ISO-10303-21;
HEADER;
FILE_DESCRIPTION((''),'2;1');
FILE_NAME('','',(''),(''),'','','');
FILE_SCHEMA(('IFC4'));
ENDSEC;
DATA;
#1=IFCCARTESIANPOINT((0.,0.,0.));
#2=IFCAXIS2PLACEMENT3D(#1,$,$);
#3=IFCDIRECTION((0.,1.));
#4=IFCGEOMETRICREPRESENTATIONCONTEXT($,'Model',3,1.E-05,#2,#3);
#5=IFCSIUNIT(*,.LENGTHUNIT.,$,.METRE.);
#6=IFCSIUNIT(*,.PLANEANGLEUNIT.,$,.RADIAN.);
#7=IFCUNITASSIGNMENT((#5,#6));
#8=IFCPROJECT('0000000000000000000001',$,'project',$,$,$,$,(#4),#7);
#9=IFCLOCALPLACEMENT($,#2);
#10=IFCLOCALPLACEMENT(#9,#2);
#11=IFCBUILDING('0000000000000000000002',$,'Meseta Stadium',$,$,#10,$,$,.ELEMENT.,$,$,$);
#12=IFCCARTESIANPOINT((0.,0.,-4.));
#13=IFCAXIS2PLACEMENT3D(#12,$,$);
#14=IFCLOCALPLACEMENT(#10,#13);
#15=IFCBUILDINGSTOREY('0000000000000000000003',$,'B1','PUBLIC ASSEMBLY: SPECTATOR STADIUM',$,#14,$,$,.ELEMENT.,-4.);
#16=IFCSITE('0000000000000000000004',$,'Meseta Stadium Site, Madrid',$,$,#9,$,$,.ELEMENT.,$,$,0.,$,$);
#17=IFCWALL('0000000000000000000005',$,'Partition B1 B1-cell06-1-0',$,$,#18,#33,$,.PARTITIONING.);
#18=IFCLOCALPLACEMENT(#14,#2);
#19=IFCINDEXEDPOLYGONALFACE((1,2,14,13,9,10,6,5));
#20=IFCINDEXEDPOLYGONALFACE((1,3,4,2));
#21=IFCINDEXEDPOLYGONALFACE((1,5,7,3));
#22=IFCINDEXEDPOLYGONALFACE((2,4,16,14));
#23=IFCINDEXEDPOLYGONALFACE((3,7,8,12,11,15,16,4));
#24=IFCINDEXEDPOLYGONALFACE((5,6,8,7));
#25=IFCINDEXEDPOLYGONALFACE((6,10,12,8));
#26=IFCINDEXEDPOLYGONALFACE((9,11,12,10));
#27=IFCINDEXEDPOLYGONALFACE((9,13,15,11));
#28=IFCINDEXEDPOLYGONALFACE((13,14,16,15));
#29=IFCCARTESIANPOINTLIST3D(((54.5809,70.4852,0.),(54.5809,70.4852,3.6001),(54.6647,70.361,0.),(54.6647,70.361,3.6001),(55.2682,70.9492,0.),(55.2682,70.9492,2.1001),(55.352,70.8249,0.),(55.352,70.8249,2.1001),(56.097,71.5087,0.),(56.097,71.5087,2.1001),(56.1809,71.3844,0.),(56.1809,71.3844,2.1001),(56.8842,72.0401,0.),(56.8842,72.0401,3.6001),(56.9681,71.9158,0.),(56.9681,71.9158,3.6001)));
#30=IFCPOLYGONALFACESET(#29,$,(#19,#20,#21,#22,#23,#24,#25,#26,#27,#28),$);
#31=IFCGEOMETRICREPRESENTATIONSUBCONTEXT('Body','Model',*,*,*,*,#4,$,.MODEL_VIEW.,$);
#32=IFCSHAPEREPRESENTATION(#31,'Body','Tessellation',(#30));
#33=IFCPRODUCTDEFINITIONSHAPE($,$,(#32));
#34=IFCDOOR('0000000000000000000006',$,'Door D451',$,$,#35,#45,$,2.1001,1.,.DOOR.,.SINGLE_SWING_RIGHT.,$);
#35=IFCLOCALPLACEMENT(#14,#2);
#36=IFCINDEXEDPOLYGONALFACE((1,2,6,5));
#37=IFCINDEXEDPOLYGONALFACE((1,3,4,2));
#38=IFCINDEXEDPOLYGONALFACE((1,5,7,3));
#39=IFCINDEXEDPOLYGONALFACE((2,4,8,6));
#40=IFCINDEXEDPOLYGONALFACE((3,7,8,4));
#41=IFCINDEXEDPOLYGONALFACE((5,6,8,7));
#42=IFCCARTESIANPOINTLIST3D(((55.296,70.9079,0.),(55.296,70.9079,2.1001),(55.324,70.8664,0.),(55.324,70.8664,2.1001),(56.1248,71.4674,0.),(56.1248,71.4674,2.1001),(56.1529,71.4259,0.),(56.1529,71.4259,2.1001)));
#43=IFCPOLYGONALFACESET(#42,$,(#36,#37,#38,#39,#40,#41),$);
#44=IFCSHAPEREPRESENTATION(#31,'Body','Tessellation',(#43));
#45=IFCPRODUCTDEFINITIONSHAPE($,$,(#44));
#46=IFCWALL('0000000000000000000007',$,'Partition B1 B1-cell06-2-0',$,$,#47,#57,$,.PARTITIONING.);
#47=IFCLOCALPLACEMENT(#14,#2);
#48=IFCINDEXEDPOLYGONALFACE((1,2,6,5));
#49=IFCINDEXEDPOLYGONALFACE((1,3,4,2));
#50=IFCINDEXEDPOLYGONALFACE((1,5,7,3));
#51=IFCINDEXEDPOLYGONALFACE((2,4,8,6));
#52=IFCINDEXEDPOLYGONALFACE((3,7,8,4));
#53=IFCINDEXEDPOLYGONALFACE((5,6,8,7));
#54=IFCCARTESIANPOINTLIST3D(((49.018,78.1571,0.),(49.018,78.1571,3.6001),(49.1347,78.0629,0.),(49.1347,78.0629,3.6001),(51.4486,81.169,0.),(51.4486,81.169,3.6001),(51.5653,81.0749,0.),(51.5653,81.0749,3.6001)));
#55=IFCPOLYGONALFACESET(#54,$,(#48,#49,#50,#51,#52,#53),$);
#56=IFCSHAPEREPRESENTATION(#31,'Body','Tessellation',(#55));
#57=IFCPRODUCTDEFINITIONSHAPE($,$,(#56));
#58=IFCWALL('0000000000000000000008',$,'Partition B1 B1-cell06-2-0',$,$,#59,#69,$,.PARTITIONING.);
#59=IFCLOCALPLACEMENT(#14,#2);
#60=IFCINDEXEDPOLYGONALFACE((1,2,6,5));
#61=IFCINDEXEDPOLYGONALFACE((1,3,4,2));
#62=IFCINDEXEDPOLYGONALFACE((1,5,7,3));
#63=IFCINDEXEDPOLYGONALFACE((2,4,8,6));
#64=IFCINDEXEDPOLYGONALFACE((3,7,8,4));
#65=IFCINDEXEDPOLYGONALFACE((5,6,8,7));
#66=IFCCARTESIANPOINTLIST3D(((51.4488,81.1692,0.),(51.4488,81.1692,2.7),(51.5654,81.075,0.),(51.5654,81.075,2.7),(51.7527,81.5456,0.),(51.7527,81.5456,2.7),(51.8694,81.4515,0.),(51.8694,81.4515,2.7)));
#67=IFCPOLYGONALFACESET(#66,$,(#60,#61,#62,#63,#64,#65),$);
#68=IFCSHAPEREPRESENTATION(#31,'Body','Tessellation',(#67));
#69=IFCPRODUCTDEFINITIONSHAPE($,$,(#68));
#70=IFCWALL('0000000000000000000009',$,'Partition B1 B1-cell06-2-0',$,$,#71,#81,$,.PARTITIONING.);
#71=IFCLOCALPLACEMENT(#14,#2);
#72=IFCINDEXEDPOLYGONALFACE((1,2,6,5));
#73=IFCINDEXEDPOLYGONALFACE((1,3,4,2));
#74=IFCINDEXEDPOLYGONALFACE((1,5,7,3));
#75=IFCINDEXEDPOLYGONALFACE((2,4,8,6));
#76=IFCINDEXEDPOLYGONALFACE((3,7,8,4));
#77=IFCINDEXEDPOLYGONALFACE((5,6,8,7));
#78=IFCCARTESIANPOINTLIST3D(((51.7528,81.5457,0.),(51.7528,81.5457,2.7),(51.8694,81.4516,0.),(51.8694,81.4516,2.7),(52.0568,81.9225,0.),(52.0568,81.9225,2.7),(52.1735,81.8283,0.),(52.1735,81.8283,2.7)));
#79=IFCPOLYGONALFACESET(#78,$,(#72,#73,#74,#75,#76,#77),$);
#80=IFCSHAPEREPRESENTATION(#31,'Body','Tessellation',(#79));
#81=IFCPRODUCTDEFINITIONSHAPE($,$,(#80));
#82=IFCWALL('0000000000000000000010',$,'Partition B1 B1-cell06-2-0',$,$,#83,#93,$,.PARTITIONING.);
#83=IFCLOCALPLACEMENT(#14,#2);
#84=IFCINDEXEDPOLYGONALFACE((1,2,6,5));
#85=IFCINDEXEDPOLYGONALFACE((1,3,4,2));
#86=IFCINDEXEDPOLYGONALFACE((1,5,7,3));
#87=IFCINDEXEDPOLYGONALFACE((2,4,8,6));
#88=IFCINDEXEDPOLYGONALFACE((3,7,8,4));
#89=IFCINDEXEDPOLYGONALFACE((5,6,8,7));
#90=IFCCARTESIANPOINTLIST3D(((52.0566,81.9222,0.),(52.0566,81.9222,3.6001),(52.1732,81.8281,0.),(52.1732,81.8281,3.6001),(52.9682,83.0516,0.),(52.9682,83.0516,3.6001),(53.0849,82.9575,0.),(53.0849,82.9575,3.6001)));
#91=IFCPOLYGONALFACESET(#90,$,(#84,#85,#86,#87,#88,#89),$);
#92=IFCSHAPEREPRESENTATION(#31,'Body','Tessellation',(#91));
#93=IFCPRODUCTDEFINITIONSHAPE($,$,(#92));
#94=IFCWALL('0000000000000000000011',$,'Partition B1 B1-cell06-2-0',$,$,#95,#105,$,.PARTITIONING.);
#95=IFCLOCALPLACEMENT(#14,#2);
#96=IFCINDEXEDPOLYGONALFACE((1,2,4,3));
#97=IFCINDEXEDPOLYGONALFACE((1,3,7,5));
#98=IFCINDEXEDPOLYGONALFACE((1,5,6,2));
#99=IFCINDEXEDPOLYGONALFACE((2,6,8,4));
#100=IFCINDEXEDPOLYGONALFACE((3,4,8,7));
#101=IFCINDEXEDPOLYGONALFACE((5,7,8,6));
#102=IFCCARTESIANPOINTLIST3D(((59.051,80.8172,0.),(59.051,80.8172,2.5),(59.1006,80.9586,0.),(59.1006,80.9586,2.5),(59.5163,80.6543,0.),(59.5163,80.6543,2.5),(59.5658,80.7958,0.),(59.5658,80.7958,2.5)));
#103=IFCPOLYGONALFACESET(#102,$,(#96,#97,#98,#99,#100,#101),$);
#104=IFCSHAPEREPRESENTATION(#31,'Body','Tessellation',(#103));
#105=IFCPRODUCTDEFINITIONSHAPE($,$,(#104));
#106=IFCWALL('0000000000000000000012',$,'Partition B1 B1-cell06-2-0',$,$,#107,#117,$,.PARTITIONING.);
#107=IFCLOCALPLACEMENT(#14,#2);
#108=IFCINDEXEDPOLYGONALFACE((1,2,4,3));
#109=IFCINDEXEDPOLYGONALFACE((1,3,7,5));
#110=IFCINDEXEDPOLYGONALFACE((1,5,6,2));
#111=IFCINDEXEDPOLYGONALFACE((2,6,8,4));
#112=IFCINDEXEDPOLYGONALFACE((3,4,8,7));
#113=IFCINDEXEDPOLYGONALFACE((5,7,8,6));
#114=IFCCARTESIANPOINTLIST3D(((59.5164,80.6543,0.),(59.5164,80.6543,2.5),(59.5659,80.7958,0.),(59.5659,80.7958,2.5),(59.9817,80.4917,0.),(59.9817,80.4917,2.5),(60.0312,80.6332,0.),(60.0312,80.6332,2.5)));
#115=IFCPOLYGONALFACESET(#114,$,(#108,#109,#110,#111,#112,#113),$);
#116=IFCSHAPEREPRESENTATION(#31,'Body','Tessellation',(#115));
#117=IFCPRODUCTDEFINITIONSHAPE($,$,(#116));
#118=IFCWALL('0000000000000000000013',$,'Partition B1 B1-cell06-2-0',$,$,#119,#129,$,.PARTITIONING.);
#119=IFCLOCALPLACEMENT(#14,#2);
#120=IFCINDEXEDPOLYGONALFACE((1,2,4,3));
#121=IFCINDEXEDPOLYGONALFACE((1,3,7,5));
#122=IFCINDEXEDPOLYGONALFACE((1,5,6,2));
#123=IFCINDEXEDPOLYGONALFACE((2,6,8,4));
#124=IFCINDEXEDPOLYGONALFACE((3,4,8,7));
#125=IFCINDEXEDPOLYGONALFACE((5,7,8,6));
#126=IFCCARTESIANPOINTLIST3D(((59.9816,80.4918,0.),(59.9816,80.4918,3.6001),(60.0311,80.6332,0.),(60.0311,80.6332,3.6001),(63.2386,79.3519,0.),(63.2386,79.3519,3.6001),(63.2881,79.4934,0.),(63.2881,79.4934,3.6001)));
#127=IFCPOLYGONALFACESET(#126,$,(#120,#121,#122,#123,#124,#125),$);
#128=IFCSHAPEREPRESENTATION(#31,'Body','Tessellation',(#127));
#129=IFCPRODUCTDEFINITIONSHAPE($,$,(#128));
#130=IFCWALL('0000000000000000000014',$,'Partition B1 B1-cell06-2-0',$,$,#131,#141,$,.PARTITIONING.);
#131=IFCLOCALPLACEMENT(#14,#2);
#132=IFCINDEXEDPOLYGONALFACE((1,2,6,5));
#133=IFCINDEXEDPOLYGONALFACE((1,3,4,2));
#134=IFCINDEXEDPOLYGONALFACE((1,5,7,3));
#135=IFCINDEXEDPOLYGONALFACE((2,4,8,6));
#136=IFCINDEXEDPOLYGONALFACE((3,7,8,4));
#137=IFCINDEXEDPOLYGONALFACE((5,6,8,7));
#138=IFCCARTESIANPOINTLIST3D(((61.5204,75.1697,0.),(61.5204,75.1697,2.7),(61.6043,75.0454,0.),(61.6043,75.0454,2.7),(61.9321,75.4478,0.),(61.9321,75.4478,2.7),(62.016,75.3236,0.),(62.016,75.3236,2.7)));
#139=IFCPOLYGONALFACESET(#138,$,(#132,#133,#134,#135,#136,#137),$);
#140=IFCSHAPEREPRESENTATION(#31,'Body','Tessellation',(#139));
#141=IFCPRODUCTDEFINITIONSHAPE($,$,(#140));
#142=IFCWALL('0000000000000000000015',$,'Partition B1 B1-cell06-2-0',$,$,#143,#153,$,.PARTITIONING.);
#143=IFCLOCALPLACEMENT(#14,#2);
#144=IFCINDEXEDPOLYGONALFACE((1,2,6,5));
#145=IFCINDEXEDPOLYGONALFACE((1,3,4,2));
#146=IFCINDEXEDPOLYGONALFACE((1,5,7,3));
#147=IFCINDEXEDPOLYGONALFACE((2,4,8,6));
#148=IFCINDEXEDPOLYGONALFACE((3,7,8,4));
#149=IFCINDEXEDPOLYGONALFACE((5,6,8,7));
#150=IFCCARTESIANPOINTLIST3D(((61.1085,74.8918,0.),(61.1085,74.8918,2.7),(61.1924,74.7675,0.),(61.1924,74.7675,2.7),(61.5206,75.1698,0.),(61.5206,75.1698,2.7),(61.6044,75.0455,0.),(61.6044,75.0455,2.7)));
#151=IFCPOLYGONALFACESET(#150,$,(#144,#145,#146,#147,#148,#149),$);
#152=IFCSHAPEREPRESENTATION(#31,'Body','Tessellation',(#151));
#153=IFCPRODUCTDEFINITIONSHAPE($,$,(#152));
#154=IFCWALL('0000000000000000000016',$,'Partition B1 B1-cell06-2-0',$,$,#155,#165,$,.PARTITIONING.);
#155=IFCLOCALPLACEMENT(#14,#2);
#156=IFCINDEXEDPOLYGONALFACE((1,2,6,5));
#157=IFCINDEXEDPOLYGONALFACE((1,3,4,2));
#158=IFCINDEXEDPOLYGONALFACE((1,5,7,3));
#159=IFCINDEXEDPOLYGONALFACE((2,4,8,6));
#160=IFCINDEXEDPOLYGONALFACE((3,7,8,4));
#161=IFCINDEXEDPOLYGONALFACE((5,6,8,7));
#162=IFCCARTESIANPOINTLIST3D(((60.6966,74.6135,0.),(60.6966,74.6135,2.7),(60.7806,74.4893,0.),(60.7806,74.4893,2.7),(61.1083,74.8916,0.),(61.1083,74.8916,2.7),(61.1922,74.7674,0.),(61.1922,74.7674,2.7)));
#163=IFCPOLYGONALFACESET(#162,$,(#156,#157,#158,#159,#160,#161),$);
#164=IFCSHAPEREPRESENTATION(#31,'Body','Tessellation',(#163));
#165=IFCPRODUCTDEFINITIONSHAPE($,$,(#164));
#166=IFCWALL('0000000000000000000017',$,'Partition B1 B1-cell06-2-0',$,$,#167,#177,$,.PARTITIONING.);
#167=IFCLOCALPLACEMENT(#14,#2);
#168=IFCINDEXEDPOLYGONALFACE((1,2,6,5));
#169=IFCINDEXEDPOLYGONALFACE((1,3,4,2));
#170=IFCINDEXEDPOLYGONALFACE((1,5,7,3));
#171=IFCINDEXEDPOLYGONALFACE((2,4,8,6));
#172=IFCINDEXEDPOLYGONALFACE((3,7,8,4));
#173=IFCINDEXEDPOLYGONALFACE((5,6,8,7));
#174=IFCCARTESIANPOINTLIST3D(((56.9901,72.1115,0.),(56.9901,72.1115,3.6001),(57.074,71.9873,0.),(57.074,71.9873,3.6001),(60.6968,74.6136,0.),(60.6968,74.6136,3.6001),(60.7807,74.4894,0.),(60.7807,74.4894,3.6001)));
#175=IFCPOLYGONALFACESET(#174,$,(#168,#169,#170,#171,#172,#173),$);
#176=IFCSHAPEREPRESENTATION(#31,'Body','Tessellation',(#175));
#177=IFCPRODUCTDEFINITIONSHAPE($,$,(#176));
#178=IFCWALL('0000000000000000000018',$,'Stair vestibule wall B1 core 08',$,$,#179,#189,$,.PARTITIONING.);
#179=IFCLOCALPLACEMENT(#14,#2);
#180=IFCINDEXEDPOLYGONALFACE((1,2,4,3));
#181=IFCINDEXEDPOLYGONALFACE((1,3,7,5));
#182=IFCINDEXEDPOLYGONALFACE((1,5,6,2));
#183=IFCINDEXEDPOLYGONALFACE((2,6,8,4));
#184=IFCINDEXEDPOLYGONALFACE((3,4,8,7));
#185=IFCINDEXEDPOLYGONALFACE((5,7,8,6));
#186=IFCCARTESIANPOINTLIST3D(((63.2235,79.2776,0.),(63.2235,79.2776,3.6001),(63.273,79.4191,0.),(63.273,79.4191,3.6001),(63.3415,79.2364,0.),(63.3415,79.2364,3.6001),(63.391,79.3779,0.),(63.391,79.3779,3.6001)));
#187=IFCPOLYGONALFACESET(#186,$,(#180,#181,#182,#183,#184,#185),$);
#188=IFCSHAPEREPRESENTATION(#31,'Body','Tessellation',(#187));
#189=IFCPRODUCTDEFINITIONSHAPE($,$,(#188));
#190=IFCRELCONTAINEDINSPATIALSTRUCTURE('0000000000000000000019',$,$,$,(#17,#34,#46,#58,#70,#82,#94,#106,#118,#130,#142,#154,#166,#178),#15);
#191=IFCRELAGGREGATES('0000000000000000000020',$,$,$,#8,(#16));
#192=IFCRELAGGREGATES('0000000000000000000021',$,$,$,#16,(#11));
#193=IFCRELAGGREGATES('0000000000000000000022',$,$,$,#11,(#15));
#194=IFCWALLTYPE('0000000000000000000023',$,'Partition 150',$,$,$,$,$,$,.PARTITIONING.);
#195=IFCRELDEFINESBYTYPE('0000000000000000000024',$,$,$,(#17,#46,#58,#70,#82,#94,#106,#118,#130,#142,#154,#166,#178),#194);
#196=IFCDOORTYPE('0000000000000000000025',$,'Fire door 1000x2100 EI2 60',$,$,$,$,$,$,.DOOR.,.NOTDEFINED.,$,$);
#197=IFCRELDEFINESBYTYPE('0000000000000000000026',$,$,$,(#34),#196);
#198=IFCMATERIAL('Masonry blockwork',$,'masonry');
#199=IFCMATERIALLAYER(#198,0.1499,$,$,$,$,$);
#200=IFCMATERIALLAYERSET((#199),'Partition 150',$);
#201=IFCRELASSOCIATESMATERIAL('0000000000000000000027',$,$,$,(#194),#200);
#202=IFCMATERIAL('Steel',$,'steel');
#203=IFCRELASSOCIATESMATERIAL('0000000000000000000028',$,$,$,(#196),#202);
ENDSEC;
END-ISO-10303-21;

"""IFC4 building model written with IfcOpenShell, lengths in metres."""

from ifc_helpers import new_model, si_unit, direction, frame, frame_2d, origin, place, context, subcontext, project, spatial, rectangle, extrude, material, layer, layer_set, type_object, element, fill, save


model = new_model("IFC4")

# Units and contexts
model_context = context("Model", 3, precision=1e-05, world=origin(), true_north=direction((0.0, 1.0)))
body_context = subcontext(model_context, "Body", "Model", "MODEL_VIEW")
ifc_project = project(units=[si_unit("LENGTHUNIT", "METRE"), si_unit("PLANEANGLEUNIT", "RADIAN")], contexts=[model_context])

# Site, building, storey
site_placement = place(None, origin())
site = spatial("IfcSite", under=ifc_project, at=site_placement, Name="Meseta Stadium Site, Madrid", CompositionType="ELEMENT", RefElevation=0.0)
building_placement = place(site_placement, origin())
building = spatial("IfcBuilding", under=site, at=building_placement, Name="Meseta Stadium", CompositionType="ELEMENT")
storey_placement = place(building_placement, frame((0.0, 0.0, -4.0)))
storey = spatial("IfcBuildingStorey", under=building, at=storey_placement, Name="B1", Description="PUBLIC ASSEMBLY: SPECTATOR STADIUM", CompositionType="ELEMENT", Elevation=-4.0)

# Shared definitions
ifc_material_1 = material(Name="Masonry blockwork", Category="masonry")
ifc_layer = layer(ifc_material_1, 0.1499)
ifc_layer_set = layer_set([ifc_layer], Name="Partition 150")
wall_type = type_object("IfcWallType", Name="Partition 150", PredefinedType="PARTITIONING", material=ifc_layer_set)

# Wall, opening, door
wall_1_placement = place(storey_placement, frame((56.9263, 71.978, 0.0), z_axis=(0.0, 0.0, 1.0), x_axis=(-0.828833, -0.559495, 0.0)))
wall_1 = element("IfcWall", 1, at=wall_1_placement, inside=storey, type_object=wall_type, Name="Partition B1 B1-cell06-1-0", PredefinedType="PARTITIONING", context=body_context, shape_type="SweptSolid", body=[
    extrude(rectangle(XDim=2.7791, YDim=0.1499, at=frame_2d((1.3896, 0.0))), origin(), (0.0, 0.0, 1.0), 3.6001),
])
opening_placement = place(wall_1_placement, frame((0.95, 0.0, 0.0)))
opening = element("IfcOpeningElement", 2, at=opening_placement, cuts=wall_1, PredefinedType="OPENING", context=body_context, shape_type="SweptSolid", body=[
    extrude(rectangle(XDim=1.0, YDim=2.1001, at=frame_2d((0.5, 1.05))), frame((0.0, 0.085, 0.0), z_axis=(0.0, -1.0, 0.0), x_axis=(1.0, 0.0, 0.0)), (0.0, 0.0, 1.0), 0.1699),
])
ifc_material_2 = material(Name="Steel", Category="steel")
door_type = type_object("IfcDoorType", Name="Fire door 1000x2100 EI2 60", OperationType="NOTDEFINED", PredefinedType="DOOR", material=ifc_material_2)
door_placement = place(opening_placement, origin())
door = element("IfcDoor", 3, at=door_placement, inside=storey, type_object=door_type, Name="Door D451", OperationType="SINGLE_SWING_RIGHT", OverallHeight=2.1001, OverallWidth=1.0, PredefinedType="DOOR", context=body_context, shape_type="SweptSolid", body=[
    extrude(rectangle(XDim=1.0, YDim=2.1001, at=frame_2d((0.5, 1.05))), frame((0.0, 0.0249, 0.0), z_axis=(0.0, -1.0, 0.0), x_axis=(1.0, 0.0, 0.0)), (0.0, 0.0, 1.0), 0.05),
])
fill(opening, door)

# Walls
wall_2_placement = place(storey_placement, frame((49.0764, 78.1101, 0.0), z_axis=(0.0, 0.0, 1.0), x_axis=(0.628013, 0.778203, 0.0)))
element("IfcWall", 4, at=wall_2_placement, inside=storey, type_object=wall_type, Name="Partition B1 B1-cell06-2-0", PredefinedType="PARTITIONING", context=body_context, shape_type="SweptSolid", body=[
    extrude(rectangle(XDim=3.8704, YDim=0.1499, at=frame_2d((1.9351, 0.0))), origin(), (0.0, 0.0, 1.0), 3.6001),
])
wall_3_placement = place(storey_placement, frame((51.5071, 81.1221, 0.0), z_axis=(0.0, 0.0, 1.0), x_axis=(0.628196, 0.778055, 0.0)))
element("IfcWall", 5, at=wall_3_placement, inside=storey, type_object=wall_type, Name="Partition B1 B1-cell06-2-0", PredefinedType="PARTITIONING", context=body_context, shape_type="SweptSolid", body=[
    extrude(rectangle(XDim=0.4839, YDim=0.1499, at=frame_2d((0.2419, 0.0))), origin(), (0.0, 0.0, 1.0), 2.7),
])
wall_4_placement = place(storey_placement, frame((51.811, 81.4985, 0.0), z_axis=(0.0, 0.0, 1.0), x_axis=(0.62795, 0.778254, 0.0)))
element("IfcWall", 6, at=wall_4_placement, inside=storey, type_object=wall_type, Name="Partition B1 B1-cell06-2-0", PredefinedType="PARTITIONING", context=body_context, shape_type="SweptSolid", body=[
    extrude(rectangle(XDim=0.4841, YDim=0.1499, at=frame_2d((0.2422, 0.0))), origin(), (0.0, 0.0, 1.0), 2.7),
])
wall_5_placement = place(storey_placement, frame((52.115, 81.8752, 0.0), z_axis=(0.0, 0.0, 1.0), x_axis=(0.628094, 0.778137, 0.0)))
element("IfcWall", 7, at=wall_5_placement, inside=storey, type_object=wall_type, Name="Partition B1 B1-cell06-2-0", PredefinedType="PARTITIONING", context=body_context, shape_type="SweptSolid", body=[
    extrude(rectangle(XDim=1.4514, YDim=0.1499, at=frame_2d((0.7256, 0.0))), origin(), (0.0, 0.0, 1.0), 3.6001),
])
for number, where, z_axis, x_axis, name in (
    (8, (59.0757, 80.8879, 0.0), (0.0, 0.0, 1.0), (0.943874, -0.330306, 0.0), "Partition B1 B1-cell06-2-0"),
    (9, (59.541, 80.7251, 0.0), (0.0, 0.0, 1.0), (0.944028, -0.329865, 0.0), "Partition B1 B1-cell06-2-0"),
):
    element("IfcWall", number, at=place(storey_placement, frame(where, z_axis=z_axis, x_axis=x_axis)), inside=storey, type_object=wall_type, Name=name, PredefinedType="PARTITIONING", context=body_context, shape_type="SweptSolid", body=[
        extrude(rectangle(XDim=0.4929, YDim=0.1499, at=frame_2d((0.2466, 0.0))), origin(), (0.0, 0.0, 1.0), 2.5),
    ])
wall_6_placement = place(storey_placement, frame((60.0063, 80.5625, 0.0), z_axis=(0.0, 0.0, 1.0), x_axis=(0.943866, -0.330328, 0.0)))
element("IfcWall", 10, at=wall_6_placement, inside=storey, type_object=wall_type, Name="Partition B1 B1-cell06-2-0", PredefinedType="PARTITIONING", context=body_context, shape_type="SweptSolid", body=[
    extrude(rectangle(XDim=3.4507, YDim=0.1499, at=frame_2d((1.7253, 0.0))), origin(), (0.0, 0.0, 1.0), 3.6001),
])
wall_7_placement = place(storey_placement, frame((61.9741, 75.3857, 0.0), z_axis=(0.0, 0.0, 1.0), x_axis=(-0.828632, -0.559794, 0.0)))
element("IfcWall", 11, at=wall_7_placement, inside=storey, type_object=wall_type, Name="Partition B1 B1-cell06-2-0", PredefinedType="PARTITIONING", context=body_context, shape_type="SweptSolid", body=[
    extrude(rectangle(XDim=0.4968, YDim=0.1499, at=frame_2d((0.2485, 0.0))), origin(), (0.0, 0.0, 1.0), 2.7),
])
wall_8_placement = place(storey_placement, frame((61.5625, 75.1077, 0.0), z_axis=(0.0, 0.0, 1.0), x_axis=(-0.82894, -0.559338, 0.0)))
element("IfcWall", 12, at=wall_8_placement, inside=storey, type_object=wall_type, Name="Partition B1 B1-cell06-2-0", PredefinedType="PARTITIONING", context=body_context, shape_type="SweptSolid", body=[
    extrude(rectangle(XDim=0.4971, YDim=0.1499, at=frame_2d((0.2485, 0.0))), origin(), (0.0, 0.0, 1.0), 2.7),
])
wall_9_placement = place(storey_placement, frame((61.1504, 74.8296, 0.0), z_axis=(0.0, 0.0, 1.0), x_axis=(-0.828632, -0.559794, 0.0)))
element("IfcWall", 13, at=wall_9_placement, inside=storey, type_object=wall_type, Name="Partition B1 B1-cell06-2-0", PredefinedType="PARTITIONING", context=body_context, shape_type="SweptSolid", body=[
    extrude(rectangle(XDim=0.4968, YDim=0.1499, at=frame_2d((0.2485, 0.0))), origin(), (0.0, 0.0, 1.0), 2.7),
])
wall_10_placement = place(storey_placement, frame((60.7388, 74.5515, 0.0), z_axis=(0.0, 0.0, 1.0), x_axis=(-0.828837, -0.559491, 0.0)))
element("IfcWall", 14, at=wall_10_placement, inside=storey, type_object=wall_type, Name="Partition B1 B1-cell06-2-0", PredefinedType="PARTITIONING", context=body_context, shape_type="SweptSolid", body=[
    extrude(rectangle(XDim=4.4722, YDim=0.1499, at=frame_2d((2.2361, 0.0))), origin(), (0.0, 0.0, 1.0), 3.6001),
])
wall_11_placement = place(storey_placement, frame((63.2483, 79.3484, 0.0), z_axis=(0.0, 0.0, 1.0), x_axis=(0.943889, -0.330263, 0.0)))
element("IfcWall", 15, at=wall_11_placement, inside=storey, type_object=wall_type, Name="Stair vestibule wall B1 core 08", PredefinedType="PARTITIONING", context=body_context, shape_type="SweptSolid", body=[
    extrude(rectangle(XDim=0.125, YDim=0.1499, at=frame_2d((0.0625, 0.0))), origin(), (0.0, 0.0, 1.0), 3.6001),
])

save(model, "model.ifc")
